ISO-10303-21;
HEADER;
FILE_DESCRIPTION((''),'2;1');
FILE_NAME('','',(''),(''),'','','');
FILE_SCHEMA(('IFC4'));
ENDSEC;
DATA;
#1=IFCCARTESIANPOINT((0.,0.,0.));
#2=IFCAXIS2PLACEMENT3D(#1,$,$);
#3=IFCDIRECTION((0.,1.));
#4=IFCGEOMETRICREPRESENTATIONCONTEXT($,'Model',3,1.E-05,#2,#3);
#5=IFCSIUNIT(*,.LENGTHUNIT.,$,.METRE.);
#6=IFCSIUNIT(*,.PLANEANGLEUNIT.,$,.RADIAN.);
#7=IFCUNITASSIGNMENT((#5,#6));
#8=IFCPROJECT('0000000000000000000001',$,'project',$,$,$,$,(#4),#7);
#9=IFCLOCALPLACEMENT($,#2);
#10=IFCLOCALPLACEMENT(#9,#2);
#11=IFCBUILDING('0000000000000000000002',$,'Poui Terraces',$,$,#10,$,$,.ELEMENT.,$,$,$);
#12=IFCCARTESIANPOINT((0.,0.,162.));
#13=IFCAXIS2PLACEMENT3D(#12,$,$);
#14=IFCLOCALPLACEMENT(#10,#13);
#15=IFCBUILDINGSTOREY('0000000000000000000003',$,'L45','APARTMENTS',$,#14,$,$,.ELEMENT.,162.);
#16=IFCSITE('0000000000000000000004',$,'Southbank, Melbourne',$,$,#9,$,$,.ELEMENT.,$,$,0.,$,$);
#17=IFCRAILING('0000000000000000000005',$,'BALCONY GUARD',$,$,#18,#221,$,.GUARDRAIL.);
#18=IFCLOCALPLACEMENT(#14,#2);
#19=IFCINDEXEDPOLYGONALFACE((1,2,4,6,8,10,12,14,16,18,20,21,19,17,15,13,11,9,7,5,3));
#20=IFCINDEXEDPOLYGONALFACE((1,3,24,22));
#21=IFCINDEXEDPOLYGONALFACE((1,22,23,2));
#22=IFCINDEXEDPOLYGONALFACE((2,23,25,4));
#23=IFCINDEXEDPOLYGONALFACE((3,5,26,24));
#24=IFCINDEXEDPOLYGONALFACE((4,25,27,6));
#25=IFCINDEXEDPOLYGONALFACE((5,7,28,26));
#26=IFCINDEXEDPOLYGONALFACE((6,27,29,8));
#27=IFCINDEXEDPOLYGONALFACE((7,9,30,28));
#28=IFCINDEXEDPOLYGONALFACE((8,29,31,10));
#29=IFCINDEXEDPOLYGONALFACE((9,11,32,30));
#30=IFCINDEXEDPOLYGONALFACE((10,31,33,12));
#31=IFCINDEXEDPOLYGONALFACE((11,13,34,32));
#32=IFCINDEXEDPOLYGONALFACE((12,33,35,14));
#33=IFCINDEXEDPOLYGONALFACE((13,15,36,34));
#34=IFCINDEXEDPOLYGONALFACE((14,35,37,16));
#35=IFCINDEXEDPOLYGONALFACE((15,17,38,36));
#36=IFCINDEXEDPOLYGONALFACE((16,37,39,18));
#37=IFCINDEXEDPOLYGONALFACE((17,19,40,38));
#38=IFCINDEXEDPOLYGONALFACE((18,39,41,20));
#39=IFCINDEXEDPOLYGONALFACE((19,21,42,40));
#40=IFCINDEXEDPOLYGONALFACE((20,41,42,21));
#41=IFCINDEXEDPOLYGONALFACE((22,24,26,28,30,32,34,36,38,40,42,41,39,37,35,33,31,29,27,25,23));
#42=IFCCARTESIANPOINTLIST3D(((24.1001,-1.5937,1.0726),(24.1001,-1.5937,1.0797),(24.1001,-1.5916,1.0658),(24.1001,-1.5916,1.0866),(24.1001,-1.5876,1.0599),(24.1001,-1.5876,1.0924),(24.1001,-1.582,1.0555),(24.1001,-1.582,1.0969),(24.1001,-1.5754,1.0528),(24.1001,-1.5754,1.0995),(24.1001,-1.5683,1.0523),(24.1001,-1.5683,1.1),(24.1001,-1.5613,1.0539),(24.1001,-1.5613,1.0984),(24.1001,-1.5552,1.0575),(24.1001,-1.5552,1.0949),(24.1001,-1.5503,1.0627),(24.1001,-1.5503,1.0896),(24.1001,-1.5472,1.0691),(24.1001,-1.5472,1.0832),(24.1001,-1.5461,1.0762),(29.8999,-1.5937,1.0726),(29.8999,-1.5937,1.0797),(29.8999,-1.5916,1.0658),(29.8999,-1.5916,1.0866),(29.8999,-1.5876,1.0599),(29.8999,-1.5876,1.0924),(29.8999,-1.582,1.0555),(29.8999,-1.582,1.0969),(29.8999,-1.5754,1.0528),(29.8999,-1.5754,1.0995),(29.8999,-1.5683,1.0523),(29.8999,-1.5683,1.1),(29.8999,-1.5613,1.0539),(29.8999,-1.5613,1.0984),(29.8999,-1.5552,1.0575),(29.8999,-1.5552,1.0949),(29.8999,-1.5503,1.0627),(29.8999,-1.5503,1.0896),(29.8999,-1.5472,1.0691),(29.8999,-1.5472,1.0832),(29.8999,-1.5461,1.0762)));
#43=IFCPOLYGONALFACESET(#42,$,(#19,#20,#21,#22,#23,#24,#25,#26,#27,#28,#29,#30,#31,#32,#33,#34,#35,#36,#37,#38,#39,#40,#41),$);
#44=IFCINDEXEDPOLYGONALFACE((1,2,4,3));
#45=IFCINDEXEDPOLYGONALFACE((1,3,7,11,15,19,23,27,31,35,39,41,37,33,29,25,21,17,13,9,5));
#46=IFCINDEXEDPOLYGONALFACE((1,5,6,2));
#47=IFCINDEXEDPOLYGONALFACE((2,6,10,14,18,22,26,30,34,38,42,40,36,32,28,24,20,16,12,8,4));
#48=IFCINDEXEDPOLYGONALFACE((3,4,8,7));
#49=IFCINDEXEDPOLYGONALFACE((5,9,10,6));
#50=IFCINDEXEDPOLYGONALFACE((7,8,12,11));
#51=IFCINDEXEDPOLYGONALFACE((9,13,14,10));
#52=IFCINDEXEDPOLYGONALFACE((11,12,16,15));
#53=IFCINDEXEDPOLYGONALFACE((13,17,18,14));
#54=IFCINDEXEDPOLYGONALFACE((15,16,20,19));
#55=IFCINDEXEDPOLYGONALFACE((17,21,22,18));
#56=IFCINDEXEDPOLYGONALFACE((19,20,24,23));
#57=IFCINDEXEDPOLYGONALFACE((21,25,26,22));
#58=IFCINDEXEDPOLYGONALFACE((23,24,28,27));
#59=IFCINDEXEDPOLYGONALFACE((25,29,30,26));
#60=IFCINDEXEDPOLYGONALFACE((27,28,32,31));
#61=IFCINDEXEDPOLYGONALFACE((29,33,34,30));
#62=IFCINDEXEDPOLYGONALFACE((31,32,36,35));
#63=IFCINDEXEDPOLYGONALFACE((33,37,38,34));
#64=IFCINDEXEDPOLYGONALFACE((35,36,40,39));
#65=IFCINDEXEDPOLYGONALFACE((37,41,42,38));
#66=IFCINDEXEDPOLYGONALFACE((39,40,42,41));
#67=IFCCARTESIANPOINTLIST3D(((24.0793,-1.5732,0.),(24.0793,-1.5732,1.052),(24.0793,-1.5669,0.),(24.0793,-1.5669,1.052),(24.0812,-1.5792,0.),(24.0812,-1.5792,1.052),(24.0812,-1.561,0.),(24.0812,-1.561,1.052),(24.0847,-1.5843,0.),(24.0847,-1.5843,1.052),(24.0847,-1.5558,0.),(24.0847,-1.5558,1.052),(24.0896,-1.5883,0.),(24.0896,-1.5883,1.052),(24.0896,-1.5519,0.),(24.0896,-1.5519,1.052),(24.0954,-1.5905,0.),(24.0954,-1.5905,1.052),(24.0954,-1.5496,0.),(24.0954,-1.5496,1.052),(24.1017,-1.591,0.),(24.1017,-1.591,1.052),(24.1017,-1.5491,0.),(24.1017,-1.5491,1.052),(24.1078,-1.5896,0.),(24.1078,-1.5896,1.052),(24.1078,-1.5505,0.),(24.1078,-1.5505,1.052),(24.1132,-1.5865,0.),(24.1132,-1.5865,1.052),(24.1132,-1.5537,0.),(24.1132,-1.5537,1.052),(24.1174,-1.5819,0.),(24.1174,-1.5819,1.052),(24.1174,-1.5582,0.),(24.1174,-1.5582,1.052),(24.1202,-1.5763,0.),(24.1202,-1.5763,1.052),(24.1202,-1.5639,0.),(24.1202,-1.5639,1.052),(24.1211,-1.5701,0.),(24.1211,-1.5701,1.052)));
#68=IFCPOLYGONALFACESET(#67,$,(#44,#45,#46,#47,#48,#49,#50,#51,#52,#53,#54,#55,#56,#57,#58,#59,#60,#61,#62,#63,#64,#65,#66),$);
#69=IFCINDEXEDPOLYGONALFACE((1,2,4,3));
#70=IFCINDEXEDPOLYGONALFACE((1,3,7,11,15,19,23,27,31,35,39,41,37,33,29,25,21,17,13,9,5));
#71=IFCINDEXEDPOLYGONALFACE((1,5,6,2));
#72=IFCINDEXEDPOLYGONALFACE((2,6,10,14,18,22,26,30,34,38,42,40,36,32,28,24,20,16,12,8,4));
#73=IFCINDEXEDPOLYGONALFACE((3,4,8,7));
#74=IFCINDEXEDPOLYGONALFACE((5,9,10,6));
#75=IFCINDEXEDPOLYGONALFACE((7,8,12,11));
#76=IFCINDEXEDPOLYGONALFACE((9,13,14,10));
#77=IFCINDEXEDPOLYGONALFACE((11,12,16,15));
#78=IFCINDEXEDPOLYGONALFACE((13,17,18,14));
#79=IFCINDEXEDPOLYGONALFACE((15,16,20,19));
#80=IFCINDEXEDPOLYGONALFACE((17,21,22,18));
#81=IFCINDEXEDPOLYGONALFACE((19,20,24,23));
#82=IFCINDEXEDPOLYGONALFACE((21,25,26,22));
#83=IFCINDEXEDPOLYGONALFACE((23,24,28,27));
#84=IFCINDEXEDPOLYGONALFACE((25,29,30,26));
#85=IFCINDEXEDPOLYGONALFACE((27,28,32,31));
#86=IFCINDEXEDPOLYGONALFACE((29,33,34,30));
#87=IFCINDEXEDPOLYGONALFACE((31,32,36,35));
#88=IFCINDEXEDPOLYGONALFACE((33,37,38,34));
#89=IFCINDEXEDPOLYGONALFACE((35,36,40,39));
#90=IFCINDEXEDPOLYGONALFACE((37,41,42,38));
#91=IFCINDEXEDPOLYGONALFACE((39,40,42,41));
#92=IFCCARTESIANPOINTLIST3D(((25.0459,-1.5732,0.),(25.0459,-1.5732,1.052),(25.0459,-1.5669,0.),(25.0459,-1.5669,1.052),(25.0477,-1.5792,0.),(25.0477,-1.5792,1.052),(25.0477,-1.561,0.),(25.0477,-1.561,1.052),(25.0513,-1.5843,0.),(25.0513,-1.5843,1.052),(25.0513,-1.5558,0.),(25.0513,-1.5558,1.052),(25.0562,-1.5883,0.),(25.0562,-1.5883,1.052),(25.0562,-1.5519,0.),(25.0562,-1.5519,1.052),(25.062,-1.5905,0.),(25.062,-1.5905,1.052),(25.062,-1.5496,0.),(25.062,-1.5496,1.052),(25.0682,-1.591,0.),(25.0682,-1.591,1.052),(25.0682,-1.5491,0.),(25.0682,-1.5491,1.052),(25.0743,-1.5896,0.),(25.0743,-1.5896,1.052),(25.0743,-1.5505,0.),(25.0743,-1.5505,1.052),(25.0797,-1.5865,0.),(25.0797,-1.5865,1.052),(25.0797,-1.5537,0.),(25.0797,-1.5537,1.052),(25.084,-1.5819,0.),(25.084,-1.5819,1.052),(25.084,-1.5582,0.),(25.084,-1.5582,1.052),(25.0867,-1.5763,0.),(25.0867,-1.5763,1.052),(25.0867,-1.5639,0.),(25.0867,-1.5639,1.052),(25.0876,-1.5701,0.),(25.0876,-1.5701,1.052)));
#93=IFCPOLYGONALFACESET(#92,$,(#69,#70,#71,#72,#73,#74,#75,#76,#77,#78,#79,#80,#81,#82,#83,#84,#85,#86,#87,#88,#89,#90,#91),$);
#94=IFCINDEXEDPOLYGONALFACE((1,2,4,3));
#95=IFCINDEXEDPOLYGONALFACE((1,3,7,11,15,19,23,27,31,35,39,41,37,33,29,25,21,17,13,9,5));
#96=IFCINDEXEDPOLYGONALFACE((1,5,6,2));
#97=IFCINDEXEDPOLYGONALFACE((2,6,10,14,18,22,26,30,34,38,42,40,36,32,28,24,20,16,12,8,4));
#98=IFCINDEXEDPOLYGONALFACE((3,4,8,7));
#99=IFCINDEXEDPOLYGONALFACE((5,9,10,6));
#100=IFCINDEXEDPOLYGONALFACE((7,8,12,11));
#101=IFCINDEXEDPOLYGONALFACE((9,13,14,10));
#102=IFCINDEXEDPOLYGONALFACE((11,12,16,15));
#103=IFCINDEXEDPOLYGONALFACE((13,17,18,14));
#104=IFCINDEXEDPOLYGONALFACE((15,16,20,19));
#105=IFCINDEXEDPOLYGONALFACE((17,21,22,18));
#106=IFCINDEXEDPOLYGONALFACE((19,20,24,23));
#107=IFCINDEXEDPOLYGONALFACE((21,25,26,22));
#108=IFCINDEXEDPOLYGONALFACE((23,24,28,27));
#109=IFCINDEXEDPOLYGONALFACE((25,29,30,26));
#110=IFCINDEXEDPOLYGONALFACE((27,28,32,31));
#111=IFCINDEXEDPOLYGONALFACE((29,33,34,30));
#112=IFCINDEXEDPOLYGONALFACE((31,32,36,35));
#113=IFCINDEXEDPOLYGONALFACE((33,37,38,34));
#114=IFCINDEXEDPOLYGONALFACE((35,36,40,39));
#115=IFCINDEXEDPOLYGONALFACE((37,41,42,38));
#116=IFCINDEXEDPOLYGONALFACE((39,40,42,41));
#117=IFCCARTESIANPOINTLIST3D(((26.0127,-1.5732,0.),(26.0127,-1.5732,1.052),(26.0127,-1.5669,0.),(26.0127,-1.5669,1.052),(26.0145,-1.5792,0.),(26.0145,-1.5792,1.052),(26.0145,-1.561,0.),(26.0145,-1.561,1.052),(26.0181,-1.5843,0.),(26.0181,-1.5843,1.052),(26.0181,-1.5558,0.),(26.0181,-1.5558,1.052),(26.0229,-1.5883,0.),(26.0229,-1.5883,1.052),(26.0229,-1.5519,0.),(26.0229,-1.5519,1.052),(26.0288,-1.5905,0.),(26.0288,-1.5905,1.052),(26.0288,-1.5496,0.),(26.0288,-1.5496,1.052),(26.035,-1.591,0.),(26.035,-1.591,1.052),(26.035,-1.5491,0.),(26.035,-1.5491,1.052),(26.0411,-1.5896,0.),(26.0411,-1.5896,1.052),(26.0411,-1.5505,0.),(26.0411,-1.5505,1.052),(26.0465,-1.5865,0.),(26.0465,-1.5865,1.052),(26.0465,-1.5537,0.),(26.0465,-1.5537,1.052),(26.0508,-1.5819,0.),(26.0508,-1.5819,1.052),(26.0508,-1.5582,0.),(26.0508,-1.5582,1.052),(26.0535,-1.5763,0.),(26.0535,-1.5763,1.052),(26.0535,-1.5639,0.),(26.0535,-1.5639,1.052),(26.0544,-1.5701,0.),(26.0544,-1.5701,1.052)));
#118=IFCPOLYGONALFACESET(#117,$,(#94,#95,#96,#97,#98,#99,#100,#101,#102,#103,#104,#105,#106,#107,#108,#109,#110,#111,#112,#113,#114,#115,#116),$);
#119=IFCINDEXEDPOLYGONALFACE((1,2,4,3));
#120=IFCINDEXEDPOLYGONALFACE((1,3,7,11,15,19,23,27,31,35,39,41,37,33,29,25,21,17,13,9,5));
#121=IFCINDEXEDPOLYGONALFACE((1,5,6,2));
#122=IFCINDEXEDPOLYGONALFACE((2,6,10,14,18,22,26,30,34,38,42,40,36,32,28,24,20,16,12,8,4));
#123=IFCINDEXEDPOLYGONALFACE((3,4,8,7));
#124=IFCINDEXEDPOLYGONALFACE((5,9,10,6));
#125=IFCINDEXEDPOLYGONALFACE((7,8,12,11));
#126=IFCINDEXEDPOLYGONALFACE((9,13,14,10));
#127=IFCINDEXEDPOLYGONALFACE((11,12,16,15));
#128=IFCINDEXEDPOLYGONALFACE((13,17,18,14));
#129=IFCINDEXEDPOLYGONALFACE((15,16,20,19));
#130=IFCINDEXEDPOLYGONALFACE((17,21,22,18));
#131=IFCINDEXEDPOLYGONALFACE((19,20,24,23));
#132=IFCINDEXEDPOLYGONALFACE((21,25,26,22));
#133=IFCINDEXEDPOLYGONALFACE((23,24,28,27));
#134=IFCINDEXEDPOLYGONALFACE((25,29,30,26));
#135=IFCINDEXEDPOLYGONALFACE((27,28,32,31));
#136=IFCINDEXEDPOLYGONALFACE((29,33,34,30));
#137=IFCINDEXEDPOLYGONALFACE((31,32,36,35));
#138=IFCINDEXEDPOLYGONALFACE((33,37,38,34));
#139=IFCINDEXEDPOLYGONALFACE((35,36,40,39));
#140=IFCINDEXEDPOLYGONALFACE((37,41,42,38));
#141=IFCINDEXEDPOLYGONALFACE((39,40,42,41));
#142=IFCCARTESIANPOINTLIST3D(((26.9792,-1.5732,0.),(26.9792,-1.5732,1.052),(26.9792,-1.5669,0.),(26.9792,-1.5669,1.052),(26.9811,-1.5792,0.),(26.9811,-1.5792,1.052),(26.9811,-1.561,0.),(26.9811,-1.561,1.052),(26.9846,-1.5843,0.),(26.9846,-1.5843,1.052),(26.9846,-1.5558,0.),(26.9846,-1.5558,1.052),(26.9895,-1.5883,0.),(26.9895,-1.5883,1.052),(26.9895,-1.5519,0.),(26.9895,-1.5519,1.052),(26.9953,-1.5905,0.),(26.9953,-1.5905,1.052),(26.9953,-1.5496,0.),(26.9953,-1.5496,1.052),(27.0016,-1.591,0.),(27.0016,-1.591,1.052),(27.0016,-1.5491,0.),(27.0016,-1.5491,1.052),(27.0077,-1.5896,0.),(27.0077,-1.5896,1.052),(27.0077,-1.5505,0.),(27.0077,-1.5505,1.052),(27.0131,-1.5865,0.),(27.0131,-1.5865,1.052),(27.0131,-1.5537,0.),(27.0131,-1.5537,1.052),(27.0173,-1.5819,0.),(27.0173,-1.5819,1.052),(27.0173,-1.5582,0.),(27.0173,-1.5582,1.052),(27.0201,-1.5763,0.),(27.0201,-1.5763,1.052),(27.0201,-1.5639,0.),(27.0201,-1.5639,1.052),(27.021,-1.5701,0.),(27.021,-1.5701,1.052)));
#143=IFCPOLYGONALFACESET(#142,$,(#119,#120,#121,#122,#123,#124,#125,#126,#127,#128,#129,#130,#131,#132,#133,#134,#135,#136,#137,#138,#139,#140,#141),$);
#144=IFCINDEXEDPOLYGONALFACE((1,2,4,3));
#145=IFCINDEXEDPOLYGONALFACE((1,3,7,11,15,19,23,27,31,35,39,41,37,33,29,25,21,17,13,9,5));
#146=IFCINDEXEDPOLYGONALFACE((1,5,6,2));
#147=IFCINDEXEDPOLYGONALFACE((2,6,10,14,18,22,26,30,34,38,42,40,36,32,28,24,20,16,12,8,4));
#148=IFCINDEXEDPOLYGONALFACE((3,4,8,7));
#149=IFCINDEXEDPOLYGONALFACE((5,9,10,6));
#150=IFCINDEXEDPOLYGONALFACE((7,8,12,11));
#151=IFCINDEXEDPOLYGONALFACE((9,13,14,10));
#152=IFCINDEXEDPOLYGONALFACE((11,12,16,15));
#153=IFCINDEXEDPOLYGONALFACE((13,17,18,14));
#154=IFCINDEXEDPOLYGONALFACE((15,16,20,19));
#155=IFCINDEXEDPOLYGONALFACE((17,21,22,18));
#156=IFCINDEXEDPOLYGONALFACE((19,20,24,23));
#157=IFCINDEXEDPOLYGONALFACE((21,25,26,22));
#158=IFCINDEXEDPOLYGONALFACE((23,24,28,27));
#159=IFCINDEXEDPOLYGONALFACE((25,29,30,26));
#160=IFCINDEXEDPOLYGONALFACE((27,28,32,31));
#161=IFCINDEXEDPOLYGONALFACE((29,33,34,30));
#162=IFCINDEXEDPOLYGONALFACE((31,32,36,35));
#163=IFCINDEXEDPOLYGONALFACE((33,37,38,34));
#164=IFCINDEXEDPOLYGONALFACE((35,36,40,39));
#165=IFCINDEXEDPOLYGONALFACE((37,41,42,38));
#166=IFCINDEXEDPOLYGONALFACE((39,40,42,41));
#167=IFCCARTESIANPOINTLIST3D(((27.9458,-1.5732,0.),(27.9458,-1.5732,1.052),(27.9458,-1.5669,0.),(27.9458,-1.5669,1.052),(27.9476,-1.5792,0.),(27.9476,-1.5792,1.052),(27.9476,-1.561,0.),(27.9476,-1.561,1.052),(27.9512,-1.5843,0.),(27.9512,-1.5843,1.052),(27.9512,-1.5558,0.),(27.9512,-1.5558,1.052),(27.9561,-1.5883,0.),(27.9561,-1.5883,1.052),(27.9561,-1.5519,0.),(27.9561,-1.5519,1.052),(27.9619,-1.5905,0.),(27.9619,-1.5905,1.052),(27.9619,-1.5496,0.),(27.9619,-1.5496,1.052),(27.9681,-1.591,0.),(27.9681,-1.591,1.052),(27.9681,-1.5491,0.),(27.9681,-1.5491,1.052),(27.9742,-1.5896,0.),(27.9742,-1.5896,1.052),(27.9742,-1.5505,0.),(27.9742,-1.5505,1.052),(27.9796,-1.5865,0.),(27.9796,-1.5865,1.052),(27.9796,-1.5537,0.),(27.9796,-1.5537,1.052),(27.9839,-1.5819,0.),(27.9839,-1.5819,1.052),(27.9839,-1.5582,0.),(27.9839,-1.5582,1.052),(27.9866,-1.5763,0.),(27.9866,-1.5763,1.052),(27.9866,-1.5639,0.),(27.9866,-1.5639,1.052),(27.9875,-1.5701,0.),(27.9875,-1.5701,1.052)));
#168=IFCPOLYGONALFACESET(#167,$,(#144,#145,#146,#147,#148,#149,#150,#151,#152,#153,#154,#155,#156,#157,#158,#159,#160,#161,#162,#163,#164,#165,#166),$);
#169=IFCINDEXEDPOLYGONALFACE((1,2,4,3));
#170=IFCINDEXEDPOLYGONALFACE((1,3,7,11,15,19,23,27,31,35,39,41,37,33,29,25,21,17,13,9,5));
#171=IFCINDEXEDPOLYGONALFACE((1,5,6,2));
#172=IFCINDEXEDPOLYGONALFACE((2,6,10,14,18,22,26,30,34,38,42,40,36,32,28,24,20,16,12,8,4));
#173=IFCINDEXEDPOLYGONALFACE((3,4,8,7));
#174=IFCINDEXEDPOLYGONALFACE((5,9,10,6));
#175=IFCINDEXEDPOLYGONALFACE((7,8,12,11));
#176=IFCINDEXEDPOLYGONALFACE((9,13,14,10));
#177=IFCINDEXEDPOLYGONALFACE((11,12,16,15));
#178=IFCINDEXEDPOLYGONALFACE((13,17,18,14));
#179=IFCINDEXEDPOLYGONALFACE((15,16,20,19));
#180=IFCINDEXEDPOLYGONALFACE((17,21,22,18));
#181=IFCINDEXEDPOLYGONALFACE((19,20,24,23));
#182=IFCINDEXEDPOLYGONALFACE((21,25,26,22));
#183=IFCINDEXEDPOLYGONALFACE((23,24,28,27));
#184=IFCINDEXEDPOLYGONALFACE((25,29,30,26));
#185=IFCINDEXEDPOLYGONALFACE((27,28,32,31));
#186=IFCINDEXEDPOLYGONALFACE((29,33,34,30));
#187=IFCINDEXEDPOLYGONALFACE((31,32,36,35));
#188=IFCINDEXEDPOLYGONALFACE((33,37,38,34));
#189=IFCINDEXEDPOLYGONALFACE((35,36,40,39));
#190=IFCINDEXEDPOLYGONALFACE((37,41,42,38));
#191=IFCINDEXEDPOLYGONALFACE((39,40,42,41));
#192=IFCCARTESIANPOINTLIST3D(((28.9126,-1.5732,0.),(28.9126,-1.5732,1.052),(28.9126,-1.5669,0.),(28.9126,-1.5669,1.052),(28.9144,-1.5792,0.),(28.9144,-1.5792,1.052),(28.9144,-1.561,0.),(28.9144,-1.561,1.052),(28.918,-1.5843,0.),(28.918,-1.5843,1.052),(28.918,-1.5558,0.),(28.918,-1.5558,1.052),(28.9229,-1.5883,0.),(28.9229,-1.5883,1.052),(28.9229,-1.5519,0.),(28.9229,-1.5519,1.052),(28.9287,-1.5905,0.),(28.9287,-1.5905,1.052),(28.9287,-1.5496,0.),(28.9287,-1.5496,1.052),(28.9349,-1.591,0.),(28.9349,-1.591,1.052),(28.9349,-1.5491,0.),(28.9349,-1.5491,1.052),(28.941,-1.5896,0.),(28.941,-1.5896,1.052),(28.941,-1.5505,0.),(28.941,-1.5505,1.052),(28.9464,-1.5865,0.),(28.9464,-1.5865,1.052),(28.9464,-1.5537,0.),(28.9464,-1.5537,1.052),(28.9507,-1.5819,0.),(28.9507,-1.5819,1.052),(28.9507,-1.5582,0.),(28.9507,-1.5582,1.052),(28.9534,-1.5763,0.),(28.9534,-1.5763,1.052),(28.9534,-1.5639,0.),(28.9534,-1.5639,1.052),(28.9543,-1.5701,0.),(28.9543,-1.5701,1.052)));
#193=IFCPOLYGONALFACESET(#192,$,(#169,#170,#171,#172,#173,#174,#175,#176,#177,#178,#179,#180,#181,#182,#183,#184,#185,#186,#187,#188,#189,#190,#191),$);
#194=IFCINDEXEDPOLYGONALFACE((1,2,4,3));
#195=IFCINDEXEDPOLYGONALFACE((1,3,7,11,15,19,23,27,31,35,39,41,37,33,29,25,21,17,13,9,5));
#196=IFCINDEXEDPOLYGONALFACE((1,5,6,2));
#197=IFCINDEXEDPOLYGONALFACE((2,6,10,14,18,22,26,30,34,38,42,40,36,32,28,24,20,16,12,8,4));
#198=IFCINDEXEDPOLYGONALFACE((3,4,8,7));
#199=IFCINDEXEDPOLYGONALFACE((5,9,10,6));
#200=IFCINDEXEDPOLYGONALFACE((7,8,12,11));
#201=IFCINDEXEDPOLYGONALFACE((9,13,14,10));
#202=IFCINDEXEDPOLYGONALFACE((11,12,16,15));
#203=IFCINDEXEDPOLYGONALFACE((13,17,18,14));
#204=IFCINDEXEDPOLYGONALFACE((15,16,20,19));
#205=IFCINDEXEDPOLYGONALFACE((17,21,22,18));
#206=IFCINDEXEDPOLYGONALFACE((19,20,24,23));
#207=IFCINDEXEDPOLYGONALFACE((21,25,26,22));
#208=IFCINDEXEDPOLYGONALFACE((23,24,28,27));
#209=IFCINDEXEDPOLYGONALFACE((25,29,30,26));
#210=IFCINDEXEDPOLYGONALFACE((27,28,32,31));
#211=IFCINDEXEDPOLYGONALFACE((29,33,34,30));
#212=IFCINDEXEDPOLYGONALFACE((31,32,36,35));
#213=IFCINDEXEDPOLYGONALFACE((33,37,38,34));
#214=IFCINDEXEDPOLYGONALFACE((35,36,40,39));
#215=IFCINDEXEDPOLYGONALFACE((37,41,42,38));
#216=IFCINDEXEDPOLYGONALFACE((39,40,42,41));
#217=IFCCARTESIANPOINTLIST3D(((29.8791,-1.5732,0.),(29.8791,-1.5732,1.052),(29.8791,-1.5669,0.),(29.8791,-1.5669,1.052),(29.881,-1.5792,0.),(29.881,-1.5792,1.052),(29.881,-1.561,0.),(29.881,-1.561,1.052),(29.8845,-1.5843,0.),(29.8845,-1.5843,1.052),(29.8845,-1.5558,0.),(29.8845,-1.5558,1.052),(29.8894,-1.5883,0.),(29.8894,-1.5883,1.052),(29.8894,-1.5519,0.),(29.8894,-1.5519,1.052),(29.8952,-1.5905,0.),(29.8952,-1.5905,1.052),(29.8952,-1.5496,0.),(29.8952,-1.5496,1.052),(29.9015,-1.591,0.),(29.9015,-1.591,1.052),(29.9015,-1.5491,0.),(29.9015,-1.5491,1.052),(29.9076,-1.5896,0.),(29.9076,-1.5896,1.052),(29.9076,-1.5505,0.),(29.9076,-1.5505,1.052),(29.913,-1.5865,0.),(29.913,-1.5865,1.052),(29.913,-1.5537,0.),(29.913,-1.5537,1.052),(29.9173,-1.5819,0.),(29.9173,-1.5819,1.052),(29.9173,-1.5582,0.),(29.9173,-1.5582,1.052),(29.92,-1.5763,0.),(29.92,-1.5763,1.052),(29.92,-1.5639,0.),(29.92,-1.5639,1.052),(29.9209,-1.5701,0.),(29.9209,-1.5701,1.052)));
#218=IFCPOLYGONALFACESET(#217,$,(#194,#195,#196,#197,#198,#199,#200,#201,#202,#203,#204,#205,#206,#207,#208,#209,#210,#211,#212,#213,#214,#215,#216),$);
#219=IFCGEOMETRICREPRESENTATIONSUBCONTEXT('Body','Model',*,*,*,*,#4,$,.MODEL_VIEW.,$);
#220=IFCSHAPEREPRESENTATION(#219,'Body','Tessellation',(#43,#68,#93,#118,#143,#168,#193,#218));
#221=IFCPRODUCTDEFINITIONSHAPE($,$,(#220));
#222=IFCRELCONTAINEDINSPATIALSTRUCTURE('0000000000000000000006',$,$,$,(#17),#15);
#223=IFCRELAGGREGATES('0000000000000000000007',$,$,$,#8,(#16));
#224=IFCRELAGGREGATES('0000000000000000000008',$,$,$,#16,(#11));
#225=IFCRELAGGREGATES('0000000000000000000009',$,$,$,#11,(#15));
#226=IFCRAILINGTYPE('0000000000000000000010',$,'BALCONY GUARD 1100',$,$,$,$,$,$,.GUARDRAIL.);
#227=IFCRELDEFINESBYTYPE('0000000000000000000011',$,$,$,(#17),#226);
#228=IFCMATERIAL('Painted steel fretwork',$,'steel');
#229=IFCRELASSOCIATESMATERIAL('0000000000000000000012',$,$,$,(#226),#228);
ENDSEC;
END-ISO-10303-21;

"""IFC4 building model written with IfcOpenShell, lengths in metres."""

from ifc_helpers import new_model, si_unit, direction, frame, origin, origin_2d, place, context, subcontext, project, spatial, circle, extrude, material, type_object, element, save


model = new_model("IFC4")

# Units and contexts
model_context = context("Model", 3, precision=1e-05, world=origin(), true_north=direction((0.0, 1.0)))
body_context = subcontext(model_context, "Body", "Model", "MODEL_VIEW")
ifc_project = project(units=[si_unit("LENGTHUNIT", "METRE"), si_unit("PLANEANGLEUNIT", "RADIAN")], contexts=[model_context])

# Site, building, storey
site_placement = place(None, origin())
site = spatial("IfcSite", under=ifc_project, at=site_placement, Name="Southbank, Melbourne", CompositionType="ELEMENT", RefElevation=0.0)
building_placement = place(site_placement, origin())
building = spatial("IfcBuilding", under=site, at=building_placement, Name="Poui Terraces", CompositionType="ELEMENT")
storey_placement = place(building_placement, frame((0.0, 0.0, 162.0)))
storey = spatial("IfcBuildingStorey", under=building, at=storey_placement, Name="L45", Description="APARTMENTS", CompositionType="ELEMENT", Elevation=162.0)

# Railing
ifc_material_1 = material(Name="Painted steel fretwork", Category="steel")
railing_type = type_object("IfcRailingType", Name="BALCONY GUARD 1100", PredefinedType="GUARDRAIL", material=ifc_material_1)
railing_placement = place(storey_placement, frame((24.1001, -1.5701, 0.0)))
element("IfcRailing", 1, at=railing_placement, inside=storey, type_object=railing_type, Name="BALCONY GUARD", PredefinedType="GUARDRAIL", context=body_context, shape_type="SweptSolid", body=[
    extrude(circle(Radius=0.0239, at=origin_2d()), frame((0.0, 0.0, 1.0762), z_axis=(1.0, 0.0, 0.0), x_axis=(0.0, 1.0, 0.0)), (0.0, 0.0, 1.0), 5.7998),
    extrude(circle(Radius=0.021, at=origin_2d()), origin(), (0.0, 0.0, 1.0), 1.052),
    extrude(circle(Radius=0.021, at=origin_2d()), frame((0.9666, 0.0, 0.0)), (0.0, 0.0, 1.0), 1.052),
    extrude(circle(Radius=0.021, at=origin_2d()), frame((1.9333, 0.0, 0.0)), (0.0, 0.0, 1.0), 1.052),
    extrude(circle(Radius=0.021, at=origin_2d()), frame((2.8999, 0.0, 0.0)), (0.0, 0.0, 1.0), 1.052),
    extrude(circle(Radius=0.021, at=origin_2d()), frame((3.8665, 0.0, 0.0)), (0.0, 0.0, 1.0), 1.052),
    extrude(circle(Radius=0.021, at=origin_2d()), frame((4.8333, 0.0, 0.0)), (0.0, 0.0, 1.0), 1.052),
    extrude(circle(Radius=0.021, at=origin_2d()), frame((5.7998, 0.0, 0.0)), (0.0, 0.0, 1.0), 1.052),
])

save(model, "model.ifc")
